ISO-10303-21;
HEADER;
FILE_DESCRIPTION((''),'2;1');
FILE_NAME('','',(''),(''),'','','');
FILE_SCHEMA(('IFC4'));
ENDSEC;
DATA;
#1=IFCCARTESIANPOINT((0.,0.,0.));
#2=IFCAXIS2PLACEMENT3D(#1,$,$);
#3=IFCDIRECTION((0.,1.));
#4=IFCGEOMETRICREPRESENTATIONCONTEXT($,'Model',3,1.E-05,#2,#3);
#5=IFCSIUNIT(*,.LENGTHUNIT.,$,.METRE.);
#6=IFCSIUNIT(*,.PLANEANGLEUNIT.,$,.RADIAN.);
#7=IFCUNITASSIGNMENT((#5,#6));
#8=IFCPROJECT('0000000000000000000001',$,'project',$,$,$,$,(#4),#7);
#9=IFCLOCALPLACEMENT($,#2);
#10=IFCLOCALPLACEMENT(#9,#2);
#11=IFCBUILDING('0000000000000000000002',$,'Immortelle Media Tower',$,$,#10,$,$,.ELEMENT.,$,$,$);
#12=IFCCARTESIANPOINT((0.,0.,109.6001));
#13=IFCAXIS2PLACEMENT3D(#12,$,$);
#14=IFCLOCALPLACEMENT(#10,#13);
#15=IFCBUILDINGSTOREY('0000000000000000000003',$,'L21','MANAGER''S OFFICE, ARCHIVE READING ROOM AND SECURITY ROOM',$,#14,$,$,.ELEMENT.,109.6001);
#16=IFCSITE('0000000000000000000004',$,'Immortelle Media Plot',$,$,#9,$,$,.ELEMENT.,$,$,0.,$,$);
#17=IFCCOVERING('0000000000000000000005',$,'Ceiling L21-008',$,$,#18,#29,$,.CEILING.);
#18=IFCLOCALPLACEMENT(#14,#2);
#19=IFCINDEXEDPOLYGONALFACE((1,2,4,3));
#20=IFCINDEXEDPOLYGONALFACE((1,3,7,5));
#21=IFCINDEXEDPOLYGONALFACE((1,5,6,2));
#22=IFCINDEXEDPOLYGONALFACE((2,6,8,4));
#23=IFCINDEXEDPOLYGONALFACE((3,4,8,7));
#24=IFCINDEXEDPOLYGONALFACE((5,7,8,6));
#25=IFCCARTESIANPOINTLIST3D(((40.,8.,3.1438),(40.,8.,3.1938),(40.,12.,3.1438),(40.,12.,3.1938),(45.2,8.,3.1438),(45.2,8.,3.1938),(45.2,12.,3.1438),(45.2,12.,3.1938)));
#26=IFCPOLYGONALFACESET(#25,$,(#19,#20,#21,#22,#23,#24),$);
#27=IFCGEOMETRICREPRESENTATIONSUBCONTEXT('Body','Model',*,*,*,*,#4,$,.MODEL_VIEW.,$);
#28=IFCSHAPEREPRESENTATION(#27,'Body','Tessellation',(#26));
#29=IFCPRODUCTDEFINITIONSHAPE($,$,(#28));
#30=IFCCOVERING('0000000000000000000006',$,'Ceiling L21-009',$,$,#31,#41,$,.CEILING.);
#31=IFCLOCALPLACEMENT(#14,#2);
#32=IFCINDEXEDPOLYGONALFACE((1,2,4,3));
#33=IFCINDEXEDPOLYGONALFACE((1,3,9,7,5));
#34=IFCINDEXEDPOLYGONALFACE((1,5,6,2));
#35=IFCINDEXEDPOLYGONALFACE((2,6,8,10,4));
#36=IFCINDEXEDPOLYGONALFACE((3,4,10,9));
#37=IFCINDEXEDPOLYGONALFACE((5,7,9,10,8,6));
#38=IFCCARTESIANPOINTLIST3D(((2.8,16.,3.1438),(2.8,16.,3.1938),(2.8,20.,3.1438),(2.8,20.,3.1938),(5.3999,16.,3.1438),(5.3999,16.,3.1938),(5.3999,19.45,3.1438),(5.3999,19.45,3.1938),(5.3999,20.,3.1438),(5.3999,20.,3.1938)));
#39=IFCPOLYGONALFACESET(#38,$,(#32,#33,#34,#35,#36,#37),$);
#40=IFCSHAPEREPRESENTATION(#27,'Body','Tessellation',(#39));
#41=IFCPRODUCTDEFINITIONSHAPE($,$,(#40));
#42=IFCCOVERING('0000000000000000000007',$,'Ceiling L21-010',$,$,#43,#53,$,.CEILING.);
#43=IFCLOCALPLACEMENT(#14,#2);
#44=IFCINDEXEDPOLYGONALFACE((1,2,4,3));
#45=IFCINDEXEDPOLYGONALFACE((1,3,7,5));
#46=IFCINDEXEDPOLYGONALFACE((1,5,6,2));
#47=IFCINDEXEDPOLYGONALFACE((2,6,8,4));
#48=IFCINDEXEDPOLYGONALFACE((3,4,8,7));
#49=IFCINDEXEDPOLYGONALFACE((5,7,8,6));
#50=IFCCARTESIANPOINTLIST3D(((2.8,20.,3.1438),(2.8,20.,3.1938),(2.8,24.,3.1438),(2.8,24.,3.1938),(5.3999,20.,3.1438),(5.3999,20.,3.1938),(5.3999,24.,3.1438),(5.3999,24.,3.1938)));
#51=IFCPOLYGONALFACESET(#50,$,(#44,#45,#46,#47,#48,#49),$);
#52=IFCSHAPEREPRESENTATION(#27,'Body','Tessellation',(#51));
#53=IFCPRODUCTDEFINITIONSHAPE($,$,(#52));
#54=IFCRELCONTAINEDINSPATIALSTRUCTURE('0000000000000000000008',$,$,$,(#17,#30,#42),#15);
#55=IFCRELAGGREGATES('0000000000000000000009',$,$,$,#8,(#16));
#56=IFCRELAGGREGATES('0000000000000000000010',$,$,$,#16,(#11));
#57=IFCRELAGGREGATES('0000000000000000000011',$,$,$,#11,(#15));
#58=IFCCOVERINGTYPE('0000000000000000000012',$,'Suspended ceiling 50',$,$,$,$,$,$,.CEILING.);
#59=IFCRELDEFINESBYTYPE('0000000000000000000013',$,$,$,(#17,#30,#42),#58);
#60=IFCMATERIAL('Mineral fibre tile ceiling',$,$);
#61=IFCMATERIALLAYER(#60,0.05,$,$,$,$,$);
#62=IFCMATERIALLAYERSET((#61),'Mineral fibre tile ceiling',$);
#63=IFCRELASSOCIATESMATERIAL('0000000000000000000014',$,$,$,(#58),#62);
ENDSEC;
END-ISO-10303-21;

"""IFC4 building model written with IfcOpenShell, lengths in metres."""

from ifc_helpers import new_model, si_unit, direction, frame, origin, place, context, subcontext, project, spatial, polyline, outline, extrude, material, layer, layer_set, type_object, element, save


model = new_model("IFC4")

# Units and contexts
model_context = context("Model", 3, precision=1e-05, world=origin(), true_north=direction((0.0, 1.0)))
body_context = subcontext(model_context, "Body", "Model", "MODEL_VIEW")
ifc_project = project(units=[si_unit("LENGTHUNIT", "METRE"), si_unit("PLANEANGLEUNIT", "RADIAN")], contexts=[model_context])

# Site, building, storey
site_placement = place(None, origin())
site = spatial("IfcSite", under=ifc_project, at=site_placement, Name="Immortelle Media Plot", CompositionType="ELEMENT", RefElevation=0.0)
building_placement = place(site_placement, origin())
building = spatial("IfcBuilding", under=site, at=building_placement, Name="Immortelle Media Tower", CompositionType="ELEMENT")
storey_placement = place(building_placement, frame((0.0, 0.0, 109.6001)))
storey = spatial("IfcBuildingStorey", under=building, at=storey_placement, Name="L21", Description="MANAGER'S OFFICE, ARCHIVE READING ROOM AND SECURITY ROOM", CompositionType="ELEMENT", Elevation=109.6001)

# Coverings
ifc_material_1 = material(Name="Mineral fibre tile ceiling")
ifc_layer_1 = layer(ifc_material_1, 0.05)
ifc_layer_set_1 = layer_set([ifc_layer_1], Name="Mineral fibre tile ceiling")
covering_type = type_object("IfcCoveringType", Name="Suspended ceiling 50", PredefinedType="CEILING", material=ifc_layer_set_1)
covering_1_placement = place(storey_placement, frame((0.0, 0.0, 3.1438)))
element("IfcCovering", 1, at=covering_1_placement, inside=storey, type_object=covering_type, Name="Ceiling L21-008", PredefinedType="CEILING", context=body_context, shape_type="SweptSolid", body=[
    extrude(outline(polyline([(40.0, 8.0), (40.0, 12.0), (45.2, 12.0), (45.2, 8.0), (40.0, 8.0)])), origin(), (0.0, 0.0, 1.0), 0.05),
])
covering_2_placement = place(storey_placement, frame((0.0, 0.0, 3.1438)))
element("IfcCovering", 2, at=covering_2_placement, inside=storey, type_object=covering_type, Name="Ceiling L21-009", PredefinedType="CEILING", context=body_context, shape_type="SweptSolid", body=[
    extrude(outline(polyline([(5.3999, 16.0), (2.8, 16.0), (2.8, 20.0), (5.3999, 20.0), (5.3999, 19.45), (5.3999, 16.0)])), origin(), (0.0, 0.0, 1.0), 0.05),
])
covering_3_placement = place(storey_placement, frame((0.0, 0.0, 3.1438)))
element("IfcCovering", 3, at=covering_3_placement, inside=storey, type_object=covering_type, Name="Ceiling L21-010", PredefinedType="CEILING", context=body_context, shape_type="SweptSolid", body=[
    extrude(outline(polyline([(2.8, 24.0), (5.3999, 24.0), (5.3999, 20.0), (2.8, 20.0), (2.8, 24.0)])), origin(), (0.0, 0.0, 1.0), 0.05),
])

save(model, "model.ifc")
